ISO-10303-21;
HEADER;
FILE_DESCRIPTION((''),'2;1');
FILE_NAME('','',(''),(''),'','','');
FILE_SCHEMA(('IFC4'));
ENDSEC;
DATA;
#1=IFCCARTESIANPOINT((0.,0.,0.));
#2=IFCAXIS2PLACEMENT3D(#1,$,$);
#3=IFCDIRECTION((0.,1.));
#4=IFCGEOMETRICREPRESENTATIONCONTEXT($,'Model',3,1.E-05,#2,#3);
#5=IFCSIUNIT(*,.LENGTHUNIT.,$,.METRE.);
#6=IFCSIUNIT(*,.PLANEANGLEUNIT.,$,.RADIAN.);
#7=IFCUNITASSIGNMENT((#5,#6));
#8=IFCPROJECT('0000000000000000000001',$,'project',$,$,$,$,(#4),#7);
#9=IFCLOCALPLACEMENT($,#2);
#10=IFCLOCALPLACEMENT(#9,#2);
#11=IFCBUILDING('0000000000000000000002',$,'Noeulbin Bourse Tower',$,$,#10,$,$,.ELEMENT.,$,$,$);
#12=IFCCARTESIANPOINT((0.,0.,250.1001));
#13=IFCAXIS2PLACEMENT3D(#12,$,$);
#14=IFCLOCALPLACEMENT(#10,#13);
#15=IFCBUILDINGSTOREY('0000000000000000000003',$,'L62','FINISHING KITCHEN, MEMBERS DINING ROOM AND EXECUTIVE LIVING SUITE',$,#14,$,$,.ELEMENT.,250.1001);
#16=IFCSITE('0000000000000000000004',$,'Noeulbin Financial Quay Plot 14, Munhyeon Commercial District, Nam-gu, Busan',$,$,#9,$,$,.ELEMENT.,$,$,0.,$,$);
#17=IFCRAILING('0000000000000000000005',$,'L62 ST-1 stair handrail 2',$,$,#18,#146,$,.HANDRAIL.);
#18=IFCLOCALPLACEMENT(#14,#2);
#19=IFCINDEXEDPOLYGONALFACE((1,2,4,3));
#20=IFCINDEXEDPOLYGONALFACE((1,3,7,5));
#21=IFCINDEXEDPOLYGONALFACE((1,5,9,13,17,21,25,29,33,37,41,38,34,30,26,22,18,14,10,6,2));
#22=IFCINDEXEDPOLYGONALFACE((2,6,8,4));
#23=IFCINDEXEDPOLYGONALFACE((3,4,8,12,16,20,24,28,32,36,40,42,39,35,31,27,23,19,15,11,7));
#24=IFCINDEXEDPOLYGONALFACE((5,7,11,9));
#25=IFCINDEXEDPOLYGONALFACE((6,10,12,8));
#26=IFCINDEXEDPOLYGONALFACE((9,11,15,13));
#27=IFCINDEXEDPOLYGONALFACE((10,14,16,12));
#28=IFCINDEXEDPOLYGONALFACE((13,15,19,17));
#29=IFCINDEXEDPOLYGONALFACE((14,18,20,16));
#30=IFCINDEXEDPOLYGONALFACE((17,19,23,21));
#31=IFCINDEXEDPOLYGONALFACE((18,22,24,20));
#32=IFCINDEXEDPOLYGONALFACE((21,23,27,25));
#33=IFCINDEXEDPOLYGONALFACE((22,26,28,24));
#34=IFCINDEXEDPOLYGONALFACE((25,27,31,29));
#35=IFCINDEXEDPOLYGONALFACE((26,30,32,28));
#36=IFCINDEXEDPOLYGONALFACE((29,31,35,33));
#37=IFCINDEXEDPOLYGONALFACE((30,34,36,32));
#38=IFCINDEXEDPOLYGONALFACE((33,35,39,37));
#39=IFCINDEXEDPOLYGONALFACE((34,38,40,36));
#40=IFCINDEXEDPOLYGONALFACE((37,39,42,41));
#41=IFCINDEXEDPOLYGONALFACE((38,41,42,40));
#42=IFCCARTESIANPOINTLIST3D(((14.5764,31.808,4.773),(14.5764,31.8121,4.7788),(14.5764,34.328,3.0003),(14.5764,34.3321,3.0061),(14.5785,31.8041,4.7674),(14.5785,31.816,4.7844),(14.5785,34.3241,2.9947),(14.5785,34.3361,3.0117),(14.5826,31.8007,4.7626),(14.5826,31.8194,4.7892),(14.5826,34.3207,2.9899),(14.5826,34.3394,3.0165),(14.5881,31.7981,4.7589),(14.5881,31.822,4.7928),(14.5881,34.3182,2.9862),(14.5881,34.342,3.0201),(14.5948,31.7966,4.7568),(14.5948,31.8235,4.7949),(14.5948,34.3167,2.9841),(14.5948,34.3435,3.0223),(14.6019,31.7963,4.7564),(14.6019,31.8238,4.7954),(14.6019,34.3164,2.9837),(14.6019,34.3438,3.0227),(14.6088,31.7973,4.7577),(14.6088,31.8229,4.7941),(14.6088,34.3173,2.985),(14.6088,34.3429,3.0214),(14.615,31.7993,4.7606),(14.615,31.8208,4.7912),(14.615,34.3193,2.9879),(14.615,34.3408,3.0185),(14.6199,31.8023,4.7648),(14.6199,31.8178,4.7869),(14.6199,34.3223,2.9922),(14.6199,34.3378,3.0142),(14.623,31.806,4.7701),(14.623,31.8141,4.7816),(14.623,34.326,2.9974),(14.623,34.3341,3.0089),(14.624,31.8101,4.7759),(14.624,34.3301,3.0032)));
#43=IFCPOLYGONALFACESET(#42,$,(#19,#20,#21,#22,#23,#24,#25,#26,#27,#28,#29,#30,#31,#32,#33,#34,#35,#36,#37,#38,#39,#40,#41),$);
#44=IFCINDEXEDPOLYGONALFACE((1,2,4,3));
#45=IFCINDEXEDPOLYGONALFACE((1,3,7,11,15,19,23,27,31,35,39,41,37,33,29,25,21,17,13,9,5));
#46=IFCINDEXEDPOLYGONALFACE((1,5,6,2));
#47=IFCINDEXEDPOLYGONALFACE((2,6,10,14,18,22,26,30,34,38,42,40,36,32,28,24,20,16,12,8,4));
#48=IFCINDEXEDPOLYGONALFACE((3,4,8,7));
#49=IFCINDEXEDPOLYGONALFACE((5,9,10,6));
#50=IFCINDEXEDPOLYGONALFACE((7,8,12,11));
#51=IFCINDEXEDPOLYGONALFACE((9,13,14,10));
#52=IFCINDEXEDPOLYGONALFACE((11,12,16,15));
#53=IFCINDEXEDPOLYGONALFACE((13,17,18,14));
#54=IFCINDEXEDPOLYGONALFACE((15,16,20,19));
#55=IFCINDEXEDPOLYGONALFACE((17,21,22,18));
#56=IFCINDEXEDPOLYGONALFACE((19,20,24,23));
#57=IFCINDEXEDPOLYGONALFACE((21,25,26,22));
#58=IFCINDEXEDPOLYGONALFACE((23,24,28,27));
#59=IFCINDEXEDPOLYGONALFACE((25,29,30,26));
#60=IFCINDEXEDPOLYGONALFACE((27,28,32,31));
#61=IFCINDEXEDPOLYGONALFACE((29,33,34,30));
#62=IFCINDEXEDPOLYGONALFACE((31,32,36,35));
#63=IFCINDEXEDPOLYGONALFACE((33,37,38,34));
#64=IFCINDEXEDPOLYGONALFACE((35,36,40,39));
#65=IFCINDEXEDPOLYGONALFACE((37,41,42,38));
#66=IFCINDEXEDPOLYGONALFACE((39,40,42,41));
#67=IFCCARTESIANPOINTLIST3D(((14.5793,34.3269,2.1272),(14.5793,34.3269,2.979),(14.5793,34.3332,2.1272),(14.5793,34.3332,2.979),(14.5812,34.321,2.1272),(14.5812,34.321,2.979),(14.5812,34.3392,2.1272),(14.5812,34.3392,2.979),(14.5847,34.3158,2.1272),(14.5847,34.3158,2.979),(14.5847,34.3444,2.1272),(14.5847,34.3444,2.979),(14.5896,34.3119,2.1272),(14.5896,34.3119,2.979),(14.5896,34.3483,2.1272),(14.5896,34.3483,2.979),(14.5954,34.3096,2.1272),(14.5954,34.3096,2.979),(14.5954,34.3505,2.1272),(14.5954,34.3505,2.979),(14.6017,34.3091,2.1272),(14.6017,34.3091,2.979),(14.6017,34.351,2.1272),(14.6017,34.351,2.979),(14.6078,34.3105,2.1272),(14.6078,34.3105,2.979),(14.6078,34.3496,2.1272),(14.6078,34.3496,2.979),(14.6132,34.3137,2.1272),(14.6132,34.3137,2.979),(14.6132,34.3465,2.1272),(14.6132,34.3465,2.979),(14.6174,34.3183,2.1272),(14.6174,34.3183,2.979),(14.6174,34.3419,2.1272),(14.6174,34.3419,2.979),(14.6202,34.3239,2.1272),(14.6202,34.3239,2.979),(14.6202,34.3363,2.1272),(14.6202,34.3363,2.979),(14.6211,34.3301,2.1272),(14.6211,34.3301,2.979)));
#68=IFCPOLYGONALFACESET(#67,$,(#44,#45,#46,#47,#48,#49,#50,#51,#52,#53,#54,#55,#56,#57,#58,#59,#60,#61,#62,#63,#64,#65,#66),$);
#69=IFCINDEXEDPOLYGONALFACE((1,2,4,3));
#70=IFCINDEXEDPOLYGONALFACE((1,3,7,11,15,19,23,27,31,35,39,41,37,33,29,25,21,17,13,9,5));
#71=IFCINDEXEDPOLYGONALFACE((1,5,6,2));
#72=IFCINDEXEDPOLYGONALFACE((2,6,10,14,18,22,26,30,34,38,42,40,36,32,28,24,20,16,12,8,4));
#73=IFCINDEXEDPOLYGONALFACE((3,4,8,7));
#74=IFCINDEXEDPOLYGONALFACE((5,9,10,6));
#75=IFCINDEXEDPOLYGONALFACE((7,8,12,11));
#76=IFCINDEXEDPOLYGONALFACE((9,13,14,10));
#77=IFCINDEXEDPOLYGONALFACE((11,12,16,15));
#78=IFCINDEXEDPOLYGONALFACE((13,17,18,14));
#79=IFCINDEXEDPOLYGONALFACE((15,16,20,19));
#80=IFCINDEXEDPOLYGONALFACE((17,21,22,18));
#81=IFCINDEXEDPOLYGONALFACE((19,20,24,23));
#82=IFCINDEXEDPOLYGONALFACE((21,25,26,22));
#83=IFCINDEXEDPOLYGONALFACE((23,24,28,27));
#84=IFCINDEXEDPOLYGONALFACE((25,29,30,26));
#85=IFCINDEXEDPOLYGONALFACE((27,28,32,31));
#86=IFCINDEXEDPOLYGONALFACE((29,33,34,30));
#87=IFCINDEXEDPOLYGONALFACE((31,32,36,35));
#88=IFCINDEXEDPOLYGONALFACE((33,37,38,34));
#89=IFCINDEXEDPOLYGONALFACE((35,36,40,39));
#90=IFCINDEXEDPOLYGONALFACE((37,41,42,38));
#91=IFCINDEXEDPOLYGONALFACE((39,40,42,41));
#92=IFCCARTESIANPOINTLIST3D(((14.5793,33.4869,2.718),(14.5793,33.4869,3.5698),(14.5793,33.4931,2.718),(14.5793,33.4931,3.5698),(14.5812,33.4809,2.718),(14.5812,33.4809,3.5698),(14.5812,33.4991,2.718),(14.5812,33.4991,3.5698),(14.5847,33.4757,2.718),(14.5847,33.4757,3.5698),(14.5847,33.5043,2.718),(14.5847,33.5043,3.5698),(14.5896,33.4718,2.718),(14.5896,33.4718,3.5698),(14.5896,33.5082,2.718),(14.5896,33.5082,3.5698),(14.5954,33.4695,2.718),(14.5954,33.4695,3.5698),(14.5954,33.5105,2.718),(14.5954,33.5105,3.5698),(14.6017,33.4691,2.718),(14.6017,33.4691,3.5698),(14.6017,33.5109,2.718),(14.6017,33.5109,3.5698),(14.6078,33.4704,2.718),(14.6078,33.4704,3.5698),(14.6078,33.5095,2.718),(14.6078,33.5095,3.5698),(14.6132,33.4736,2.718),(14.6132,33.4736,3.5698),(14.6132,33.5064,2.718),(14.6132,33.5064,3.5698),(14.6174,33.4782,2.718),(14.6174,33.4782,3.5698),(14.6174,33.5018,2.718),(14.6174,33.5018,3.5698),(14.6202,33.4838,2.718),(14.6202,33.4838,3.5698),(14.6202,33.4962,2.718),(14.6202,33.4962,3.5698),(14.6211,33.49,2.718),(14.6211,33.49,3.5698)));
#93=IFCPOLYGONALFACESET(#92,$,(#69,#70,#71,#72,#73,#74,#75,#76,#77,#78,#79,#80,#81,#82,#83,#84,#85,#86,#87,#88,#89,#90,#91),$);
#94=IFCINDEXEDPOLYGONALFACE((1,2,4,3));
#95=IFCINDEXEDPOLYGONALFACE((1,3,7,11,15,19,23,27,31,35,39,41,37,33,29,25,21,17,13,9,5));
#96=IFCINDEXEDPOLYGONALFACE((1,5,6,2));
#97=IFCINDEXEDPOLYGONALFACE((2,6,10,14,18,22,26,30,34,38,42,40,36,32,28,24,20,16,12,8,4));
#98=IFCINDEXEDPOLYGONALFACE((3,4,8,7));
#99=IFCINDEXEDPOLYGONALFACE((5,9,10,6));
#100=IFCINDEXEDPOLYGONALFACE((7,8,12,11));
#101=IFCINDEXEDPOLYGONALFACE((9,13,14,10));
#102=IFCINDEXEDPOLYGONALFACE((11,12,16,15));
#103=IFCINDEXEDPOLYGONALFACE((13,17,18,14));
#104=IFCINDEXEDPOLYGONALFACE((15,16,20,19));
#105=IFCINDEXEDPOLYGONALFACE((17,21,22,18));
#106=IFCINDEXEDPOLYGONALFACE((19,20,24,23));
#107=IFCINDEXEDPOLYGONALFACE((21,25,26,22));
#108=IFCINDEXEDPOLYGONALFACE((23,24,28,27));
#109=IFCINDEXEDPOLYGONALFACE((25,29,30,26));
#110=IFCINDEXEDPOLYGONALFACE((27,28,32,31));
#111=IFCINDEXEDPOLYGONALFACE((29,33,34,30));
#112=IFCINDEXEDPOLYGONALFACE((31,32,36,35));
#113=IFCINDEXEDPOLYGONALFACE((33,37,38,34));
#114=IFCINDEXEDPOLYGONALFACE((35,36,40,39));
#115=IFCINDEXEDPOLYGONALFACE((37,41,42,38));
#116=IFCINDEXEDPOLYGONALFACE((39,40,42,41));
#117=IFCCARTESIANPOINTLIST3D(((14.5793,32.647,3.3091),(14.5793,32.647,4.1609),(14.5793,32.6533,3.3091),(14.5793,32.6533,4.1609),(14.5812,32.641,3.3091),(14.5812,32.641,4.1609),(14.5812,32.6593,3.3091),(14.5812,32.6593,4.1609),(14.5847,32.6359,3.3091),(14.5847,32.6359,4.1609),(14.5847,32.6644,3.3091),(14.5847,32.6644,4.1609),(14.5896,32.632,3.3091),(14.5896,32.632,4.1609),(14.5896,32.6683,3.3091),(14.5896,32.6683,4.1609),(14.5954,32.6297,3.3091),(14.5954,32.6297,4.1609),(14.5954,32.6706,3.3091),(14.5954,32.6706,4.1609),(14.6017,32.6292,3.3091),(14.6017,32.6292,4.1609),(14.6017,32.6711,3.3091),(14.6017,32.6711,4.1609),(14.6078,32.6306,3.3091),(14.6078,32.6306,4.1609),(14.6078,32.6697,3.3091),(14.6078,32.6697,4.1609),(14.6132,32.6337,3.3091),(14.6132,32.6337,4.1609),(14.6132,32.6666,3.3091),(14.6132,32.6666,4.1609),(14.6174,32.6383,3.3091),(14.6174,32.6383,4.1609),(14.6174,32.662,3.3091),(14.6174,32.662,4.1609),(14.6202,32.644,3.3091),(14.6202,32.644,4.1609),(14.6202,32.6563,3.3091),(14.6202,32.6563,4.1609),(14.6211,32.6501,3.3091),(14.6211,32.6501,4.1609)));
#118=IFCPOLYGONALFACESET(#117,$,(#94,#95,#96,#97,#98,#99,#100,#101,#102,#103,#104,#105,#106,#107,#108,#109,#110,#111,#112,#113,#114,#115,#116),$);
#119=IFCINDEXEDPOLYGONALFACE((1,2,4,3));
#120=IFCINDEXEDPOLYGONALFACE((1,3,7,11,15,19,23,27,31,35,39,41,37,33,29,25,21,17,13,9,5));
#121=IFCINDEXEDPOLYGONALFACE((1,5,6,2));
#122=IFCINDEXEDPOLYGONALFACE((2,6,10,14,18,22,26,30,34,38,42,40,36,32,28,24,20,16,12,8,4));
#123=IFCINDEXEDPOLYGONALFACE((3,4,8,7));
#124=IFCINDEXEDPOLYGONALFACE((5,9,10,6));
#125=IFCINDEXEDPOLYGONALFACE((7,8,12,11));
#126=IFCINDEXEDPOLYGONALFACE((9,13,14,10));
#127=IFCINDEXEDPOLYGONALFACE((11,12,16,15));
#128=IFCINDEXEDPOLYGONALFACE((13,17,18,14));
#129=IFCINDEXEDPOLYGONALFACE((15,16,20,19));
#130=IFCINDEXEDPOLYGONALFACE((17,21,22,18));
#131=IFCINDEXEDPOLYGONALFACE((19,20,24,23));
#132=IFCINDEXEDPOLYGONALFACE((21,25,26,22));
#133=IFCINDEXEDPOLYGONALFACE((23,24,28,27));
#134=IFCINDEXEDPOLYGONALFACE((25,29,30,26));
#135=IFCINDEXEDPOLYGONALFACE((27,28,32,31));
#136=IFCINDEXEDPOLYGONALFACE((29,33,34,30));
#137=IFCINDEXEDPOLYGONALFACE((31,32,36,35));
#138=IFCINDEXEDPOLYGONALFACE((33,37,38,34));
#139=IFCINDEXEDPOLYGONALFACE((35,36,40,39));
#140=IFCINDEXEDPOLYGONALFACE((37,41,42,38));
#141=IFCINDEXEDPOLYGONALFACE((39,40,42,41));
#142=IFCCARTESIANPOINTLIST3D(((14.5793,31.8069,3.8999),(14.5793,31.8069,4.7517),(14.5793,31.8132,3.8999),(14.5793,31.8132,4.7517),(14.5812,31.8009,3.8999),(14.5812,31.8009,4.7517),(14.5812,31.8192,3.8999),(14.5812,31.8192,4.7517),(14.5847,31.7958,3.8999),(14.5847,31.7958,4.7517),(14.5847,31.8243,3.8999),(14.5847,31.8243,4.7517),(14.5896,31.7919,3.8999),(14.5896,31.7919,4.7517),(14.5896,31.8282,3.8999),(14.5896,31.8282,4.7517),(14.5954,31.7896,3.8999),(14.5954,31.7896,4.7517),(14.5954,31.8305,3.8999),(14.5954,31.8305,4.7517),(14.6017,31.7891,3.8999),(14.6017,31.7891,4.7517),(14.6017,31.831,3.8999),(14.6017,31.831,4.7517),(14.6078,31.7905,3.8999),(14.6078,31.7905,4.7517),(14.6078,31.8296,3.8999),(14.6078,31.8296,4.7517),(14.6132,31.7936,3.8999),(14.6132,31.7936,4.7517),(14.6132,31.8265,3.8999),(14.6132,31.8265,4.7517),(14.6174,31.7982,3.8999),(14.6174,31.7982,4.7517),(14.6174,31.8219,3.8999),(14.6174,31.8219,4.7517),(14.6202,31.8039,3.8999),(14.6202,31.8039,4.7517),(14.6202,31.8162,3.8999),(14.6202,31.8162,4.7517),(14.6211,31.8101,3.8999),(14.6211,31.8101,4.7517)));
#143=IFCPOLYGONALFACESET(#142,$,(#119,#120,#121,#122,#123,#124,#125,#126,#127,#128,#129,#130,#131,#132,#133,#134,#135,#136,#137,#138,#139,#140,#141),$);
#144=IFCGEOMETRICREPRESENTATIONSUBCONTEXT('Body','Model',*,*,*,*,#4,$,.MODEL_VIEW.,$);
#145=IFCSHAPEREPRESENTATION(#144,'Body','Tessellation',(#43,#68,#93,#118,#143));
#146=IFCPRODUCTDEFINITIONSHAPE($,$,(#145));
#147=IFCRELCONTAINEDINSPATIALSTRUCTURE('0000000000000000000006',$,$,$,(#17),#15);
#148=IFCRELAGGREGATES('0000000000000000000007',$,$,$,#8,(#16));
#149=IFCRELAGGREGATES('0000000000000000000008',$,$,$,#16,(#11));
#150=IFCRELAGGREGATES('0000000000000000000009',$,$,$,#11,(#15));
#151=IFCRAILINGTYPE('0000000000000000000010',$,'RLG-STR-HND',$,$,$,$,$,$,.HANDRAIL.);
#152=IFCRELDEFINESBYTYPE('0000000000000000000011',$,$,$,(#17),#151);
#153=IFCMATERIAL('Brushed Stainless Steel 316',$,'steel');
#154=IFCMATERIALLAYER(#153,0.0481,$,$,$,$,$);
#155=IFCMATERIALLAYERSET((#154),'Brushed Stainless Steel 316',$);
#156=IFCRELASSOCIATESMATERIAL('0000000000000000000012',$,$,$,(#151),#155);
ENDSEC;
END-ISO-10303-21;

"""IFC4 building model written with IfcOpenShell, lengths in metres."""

from ifc_helpers import new_model, si_unit, direction, frame, origin, origin_2d, place, context, subcontext, project, spatial, circle, extrude, material, layer, layer_set, type_object, element, save


model = new_model("IFC4")

# Units and contexts
model_context = context("Model", 3, precision=1e-05, world=origin(), true_north=direction((0.0, 1.0)))
body_context = subcontext(model_context, "Body", "Model", "MODEL_VIEW")
ifc_project = project(units=[si_unit("LENGTHUNIT", "METRE"), si_unit("PLANEANGLEUNIT", "RADIAN")], contexts=[model_context])

# Site, building, storey
site_placement = place(None, origin())
site = spatial("IfcSite", under=ifc_project, at=site_placement, Name="Noeulbin Financial Quay Plot 14, Munhyeon Commercial District, Nam-gu, Busan", CompositionType="ELEMENT", RefElevation=0.0)
building_placement = place(site_placement, origin())
building = spatial("IfcBuilding", under=site, at=building_placement, Name="Noeulbin Bourse Tower", CompositionType="ELEMENT")
storey_placement = place(building_placement, frame((0.0, 0.0, 250.1001)))
storey = spatial("IfcBuildingStorey", under=building, at=storey_placement, Name="L62", Description="FINISHING KITCHEN, MEMBERS DINING ROOM AND EXECUTIVE LIVING SUITE", CompositionType="ELEMENT", Elevation=250.1001)

# Railing
ifc_material_1 = material(Name="Brushed Stainless Steel 316", Category="steel")
ifc_layer_1 = layer(ifc_material_1, 0.0481)
ifc_layer_set_1 = layer_set([ifc_layer_1], Name="Brushed Stainless Steel 316")
railing_type_1 = type_object("IfcRailingType", Name="RLG-STR-HND", PredefinedType="HANDRAIL", material=ifc_layer_set_1)
railing_1_placement = place(storey_placement, frame((14.6001, 34.3301, 2.1272)))
element("IfcRailing", 1, at=railing_1_placement, inside=storey, type_object=railing_type_1, Name="L62 ST-1 stair handrail 2", PredefinedType="HANDRAIL", context=body_context, shape_type="SweptSolid", body=[
    extrude(circle(Radius=0.0239, at=origin_2d()), frame((0.0, 0.0, 0.876), z_axis=(0.0, -0.817904, 0.575354), x_axis=(1.0, 0.0, 0.0)), (0.0, 0.0, 1.0), 3.0811),
    extrude(circle(Radius=0.021, at=origin_2d()), origin(), (0.0, 0.0, 1.0), 0.8518),
    extrude(circle(Radius=0.021, at=origin_2d()), frame((0.0, -0.8401, 0.5908)), (0.0, 0.0, 1.0), 0.8518),
    extrude(circle(Radius=0.021, at=origin_2d()), frame((0.0, -1.6799, 1.1819)), (0.0, 0.0, 1.0), 0.8518),
    extrude(circle(Radius=0.021, at=origin_2d()), frame((0.0, -2.52, 1.7727)), (0.0, 0.0, 1.0), 0.8518),
])

save(model, "model.ifc")
